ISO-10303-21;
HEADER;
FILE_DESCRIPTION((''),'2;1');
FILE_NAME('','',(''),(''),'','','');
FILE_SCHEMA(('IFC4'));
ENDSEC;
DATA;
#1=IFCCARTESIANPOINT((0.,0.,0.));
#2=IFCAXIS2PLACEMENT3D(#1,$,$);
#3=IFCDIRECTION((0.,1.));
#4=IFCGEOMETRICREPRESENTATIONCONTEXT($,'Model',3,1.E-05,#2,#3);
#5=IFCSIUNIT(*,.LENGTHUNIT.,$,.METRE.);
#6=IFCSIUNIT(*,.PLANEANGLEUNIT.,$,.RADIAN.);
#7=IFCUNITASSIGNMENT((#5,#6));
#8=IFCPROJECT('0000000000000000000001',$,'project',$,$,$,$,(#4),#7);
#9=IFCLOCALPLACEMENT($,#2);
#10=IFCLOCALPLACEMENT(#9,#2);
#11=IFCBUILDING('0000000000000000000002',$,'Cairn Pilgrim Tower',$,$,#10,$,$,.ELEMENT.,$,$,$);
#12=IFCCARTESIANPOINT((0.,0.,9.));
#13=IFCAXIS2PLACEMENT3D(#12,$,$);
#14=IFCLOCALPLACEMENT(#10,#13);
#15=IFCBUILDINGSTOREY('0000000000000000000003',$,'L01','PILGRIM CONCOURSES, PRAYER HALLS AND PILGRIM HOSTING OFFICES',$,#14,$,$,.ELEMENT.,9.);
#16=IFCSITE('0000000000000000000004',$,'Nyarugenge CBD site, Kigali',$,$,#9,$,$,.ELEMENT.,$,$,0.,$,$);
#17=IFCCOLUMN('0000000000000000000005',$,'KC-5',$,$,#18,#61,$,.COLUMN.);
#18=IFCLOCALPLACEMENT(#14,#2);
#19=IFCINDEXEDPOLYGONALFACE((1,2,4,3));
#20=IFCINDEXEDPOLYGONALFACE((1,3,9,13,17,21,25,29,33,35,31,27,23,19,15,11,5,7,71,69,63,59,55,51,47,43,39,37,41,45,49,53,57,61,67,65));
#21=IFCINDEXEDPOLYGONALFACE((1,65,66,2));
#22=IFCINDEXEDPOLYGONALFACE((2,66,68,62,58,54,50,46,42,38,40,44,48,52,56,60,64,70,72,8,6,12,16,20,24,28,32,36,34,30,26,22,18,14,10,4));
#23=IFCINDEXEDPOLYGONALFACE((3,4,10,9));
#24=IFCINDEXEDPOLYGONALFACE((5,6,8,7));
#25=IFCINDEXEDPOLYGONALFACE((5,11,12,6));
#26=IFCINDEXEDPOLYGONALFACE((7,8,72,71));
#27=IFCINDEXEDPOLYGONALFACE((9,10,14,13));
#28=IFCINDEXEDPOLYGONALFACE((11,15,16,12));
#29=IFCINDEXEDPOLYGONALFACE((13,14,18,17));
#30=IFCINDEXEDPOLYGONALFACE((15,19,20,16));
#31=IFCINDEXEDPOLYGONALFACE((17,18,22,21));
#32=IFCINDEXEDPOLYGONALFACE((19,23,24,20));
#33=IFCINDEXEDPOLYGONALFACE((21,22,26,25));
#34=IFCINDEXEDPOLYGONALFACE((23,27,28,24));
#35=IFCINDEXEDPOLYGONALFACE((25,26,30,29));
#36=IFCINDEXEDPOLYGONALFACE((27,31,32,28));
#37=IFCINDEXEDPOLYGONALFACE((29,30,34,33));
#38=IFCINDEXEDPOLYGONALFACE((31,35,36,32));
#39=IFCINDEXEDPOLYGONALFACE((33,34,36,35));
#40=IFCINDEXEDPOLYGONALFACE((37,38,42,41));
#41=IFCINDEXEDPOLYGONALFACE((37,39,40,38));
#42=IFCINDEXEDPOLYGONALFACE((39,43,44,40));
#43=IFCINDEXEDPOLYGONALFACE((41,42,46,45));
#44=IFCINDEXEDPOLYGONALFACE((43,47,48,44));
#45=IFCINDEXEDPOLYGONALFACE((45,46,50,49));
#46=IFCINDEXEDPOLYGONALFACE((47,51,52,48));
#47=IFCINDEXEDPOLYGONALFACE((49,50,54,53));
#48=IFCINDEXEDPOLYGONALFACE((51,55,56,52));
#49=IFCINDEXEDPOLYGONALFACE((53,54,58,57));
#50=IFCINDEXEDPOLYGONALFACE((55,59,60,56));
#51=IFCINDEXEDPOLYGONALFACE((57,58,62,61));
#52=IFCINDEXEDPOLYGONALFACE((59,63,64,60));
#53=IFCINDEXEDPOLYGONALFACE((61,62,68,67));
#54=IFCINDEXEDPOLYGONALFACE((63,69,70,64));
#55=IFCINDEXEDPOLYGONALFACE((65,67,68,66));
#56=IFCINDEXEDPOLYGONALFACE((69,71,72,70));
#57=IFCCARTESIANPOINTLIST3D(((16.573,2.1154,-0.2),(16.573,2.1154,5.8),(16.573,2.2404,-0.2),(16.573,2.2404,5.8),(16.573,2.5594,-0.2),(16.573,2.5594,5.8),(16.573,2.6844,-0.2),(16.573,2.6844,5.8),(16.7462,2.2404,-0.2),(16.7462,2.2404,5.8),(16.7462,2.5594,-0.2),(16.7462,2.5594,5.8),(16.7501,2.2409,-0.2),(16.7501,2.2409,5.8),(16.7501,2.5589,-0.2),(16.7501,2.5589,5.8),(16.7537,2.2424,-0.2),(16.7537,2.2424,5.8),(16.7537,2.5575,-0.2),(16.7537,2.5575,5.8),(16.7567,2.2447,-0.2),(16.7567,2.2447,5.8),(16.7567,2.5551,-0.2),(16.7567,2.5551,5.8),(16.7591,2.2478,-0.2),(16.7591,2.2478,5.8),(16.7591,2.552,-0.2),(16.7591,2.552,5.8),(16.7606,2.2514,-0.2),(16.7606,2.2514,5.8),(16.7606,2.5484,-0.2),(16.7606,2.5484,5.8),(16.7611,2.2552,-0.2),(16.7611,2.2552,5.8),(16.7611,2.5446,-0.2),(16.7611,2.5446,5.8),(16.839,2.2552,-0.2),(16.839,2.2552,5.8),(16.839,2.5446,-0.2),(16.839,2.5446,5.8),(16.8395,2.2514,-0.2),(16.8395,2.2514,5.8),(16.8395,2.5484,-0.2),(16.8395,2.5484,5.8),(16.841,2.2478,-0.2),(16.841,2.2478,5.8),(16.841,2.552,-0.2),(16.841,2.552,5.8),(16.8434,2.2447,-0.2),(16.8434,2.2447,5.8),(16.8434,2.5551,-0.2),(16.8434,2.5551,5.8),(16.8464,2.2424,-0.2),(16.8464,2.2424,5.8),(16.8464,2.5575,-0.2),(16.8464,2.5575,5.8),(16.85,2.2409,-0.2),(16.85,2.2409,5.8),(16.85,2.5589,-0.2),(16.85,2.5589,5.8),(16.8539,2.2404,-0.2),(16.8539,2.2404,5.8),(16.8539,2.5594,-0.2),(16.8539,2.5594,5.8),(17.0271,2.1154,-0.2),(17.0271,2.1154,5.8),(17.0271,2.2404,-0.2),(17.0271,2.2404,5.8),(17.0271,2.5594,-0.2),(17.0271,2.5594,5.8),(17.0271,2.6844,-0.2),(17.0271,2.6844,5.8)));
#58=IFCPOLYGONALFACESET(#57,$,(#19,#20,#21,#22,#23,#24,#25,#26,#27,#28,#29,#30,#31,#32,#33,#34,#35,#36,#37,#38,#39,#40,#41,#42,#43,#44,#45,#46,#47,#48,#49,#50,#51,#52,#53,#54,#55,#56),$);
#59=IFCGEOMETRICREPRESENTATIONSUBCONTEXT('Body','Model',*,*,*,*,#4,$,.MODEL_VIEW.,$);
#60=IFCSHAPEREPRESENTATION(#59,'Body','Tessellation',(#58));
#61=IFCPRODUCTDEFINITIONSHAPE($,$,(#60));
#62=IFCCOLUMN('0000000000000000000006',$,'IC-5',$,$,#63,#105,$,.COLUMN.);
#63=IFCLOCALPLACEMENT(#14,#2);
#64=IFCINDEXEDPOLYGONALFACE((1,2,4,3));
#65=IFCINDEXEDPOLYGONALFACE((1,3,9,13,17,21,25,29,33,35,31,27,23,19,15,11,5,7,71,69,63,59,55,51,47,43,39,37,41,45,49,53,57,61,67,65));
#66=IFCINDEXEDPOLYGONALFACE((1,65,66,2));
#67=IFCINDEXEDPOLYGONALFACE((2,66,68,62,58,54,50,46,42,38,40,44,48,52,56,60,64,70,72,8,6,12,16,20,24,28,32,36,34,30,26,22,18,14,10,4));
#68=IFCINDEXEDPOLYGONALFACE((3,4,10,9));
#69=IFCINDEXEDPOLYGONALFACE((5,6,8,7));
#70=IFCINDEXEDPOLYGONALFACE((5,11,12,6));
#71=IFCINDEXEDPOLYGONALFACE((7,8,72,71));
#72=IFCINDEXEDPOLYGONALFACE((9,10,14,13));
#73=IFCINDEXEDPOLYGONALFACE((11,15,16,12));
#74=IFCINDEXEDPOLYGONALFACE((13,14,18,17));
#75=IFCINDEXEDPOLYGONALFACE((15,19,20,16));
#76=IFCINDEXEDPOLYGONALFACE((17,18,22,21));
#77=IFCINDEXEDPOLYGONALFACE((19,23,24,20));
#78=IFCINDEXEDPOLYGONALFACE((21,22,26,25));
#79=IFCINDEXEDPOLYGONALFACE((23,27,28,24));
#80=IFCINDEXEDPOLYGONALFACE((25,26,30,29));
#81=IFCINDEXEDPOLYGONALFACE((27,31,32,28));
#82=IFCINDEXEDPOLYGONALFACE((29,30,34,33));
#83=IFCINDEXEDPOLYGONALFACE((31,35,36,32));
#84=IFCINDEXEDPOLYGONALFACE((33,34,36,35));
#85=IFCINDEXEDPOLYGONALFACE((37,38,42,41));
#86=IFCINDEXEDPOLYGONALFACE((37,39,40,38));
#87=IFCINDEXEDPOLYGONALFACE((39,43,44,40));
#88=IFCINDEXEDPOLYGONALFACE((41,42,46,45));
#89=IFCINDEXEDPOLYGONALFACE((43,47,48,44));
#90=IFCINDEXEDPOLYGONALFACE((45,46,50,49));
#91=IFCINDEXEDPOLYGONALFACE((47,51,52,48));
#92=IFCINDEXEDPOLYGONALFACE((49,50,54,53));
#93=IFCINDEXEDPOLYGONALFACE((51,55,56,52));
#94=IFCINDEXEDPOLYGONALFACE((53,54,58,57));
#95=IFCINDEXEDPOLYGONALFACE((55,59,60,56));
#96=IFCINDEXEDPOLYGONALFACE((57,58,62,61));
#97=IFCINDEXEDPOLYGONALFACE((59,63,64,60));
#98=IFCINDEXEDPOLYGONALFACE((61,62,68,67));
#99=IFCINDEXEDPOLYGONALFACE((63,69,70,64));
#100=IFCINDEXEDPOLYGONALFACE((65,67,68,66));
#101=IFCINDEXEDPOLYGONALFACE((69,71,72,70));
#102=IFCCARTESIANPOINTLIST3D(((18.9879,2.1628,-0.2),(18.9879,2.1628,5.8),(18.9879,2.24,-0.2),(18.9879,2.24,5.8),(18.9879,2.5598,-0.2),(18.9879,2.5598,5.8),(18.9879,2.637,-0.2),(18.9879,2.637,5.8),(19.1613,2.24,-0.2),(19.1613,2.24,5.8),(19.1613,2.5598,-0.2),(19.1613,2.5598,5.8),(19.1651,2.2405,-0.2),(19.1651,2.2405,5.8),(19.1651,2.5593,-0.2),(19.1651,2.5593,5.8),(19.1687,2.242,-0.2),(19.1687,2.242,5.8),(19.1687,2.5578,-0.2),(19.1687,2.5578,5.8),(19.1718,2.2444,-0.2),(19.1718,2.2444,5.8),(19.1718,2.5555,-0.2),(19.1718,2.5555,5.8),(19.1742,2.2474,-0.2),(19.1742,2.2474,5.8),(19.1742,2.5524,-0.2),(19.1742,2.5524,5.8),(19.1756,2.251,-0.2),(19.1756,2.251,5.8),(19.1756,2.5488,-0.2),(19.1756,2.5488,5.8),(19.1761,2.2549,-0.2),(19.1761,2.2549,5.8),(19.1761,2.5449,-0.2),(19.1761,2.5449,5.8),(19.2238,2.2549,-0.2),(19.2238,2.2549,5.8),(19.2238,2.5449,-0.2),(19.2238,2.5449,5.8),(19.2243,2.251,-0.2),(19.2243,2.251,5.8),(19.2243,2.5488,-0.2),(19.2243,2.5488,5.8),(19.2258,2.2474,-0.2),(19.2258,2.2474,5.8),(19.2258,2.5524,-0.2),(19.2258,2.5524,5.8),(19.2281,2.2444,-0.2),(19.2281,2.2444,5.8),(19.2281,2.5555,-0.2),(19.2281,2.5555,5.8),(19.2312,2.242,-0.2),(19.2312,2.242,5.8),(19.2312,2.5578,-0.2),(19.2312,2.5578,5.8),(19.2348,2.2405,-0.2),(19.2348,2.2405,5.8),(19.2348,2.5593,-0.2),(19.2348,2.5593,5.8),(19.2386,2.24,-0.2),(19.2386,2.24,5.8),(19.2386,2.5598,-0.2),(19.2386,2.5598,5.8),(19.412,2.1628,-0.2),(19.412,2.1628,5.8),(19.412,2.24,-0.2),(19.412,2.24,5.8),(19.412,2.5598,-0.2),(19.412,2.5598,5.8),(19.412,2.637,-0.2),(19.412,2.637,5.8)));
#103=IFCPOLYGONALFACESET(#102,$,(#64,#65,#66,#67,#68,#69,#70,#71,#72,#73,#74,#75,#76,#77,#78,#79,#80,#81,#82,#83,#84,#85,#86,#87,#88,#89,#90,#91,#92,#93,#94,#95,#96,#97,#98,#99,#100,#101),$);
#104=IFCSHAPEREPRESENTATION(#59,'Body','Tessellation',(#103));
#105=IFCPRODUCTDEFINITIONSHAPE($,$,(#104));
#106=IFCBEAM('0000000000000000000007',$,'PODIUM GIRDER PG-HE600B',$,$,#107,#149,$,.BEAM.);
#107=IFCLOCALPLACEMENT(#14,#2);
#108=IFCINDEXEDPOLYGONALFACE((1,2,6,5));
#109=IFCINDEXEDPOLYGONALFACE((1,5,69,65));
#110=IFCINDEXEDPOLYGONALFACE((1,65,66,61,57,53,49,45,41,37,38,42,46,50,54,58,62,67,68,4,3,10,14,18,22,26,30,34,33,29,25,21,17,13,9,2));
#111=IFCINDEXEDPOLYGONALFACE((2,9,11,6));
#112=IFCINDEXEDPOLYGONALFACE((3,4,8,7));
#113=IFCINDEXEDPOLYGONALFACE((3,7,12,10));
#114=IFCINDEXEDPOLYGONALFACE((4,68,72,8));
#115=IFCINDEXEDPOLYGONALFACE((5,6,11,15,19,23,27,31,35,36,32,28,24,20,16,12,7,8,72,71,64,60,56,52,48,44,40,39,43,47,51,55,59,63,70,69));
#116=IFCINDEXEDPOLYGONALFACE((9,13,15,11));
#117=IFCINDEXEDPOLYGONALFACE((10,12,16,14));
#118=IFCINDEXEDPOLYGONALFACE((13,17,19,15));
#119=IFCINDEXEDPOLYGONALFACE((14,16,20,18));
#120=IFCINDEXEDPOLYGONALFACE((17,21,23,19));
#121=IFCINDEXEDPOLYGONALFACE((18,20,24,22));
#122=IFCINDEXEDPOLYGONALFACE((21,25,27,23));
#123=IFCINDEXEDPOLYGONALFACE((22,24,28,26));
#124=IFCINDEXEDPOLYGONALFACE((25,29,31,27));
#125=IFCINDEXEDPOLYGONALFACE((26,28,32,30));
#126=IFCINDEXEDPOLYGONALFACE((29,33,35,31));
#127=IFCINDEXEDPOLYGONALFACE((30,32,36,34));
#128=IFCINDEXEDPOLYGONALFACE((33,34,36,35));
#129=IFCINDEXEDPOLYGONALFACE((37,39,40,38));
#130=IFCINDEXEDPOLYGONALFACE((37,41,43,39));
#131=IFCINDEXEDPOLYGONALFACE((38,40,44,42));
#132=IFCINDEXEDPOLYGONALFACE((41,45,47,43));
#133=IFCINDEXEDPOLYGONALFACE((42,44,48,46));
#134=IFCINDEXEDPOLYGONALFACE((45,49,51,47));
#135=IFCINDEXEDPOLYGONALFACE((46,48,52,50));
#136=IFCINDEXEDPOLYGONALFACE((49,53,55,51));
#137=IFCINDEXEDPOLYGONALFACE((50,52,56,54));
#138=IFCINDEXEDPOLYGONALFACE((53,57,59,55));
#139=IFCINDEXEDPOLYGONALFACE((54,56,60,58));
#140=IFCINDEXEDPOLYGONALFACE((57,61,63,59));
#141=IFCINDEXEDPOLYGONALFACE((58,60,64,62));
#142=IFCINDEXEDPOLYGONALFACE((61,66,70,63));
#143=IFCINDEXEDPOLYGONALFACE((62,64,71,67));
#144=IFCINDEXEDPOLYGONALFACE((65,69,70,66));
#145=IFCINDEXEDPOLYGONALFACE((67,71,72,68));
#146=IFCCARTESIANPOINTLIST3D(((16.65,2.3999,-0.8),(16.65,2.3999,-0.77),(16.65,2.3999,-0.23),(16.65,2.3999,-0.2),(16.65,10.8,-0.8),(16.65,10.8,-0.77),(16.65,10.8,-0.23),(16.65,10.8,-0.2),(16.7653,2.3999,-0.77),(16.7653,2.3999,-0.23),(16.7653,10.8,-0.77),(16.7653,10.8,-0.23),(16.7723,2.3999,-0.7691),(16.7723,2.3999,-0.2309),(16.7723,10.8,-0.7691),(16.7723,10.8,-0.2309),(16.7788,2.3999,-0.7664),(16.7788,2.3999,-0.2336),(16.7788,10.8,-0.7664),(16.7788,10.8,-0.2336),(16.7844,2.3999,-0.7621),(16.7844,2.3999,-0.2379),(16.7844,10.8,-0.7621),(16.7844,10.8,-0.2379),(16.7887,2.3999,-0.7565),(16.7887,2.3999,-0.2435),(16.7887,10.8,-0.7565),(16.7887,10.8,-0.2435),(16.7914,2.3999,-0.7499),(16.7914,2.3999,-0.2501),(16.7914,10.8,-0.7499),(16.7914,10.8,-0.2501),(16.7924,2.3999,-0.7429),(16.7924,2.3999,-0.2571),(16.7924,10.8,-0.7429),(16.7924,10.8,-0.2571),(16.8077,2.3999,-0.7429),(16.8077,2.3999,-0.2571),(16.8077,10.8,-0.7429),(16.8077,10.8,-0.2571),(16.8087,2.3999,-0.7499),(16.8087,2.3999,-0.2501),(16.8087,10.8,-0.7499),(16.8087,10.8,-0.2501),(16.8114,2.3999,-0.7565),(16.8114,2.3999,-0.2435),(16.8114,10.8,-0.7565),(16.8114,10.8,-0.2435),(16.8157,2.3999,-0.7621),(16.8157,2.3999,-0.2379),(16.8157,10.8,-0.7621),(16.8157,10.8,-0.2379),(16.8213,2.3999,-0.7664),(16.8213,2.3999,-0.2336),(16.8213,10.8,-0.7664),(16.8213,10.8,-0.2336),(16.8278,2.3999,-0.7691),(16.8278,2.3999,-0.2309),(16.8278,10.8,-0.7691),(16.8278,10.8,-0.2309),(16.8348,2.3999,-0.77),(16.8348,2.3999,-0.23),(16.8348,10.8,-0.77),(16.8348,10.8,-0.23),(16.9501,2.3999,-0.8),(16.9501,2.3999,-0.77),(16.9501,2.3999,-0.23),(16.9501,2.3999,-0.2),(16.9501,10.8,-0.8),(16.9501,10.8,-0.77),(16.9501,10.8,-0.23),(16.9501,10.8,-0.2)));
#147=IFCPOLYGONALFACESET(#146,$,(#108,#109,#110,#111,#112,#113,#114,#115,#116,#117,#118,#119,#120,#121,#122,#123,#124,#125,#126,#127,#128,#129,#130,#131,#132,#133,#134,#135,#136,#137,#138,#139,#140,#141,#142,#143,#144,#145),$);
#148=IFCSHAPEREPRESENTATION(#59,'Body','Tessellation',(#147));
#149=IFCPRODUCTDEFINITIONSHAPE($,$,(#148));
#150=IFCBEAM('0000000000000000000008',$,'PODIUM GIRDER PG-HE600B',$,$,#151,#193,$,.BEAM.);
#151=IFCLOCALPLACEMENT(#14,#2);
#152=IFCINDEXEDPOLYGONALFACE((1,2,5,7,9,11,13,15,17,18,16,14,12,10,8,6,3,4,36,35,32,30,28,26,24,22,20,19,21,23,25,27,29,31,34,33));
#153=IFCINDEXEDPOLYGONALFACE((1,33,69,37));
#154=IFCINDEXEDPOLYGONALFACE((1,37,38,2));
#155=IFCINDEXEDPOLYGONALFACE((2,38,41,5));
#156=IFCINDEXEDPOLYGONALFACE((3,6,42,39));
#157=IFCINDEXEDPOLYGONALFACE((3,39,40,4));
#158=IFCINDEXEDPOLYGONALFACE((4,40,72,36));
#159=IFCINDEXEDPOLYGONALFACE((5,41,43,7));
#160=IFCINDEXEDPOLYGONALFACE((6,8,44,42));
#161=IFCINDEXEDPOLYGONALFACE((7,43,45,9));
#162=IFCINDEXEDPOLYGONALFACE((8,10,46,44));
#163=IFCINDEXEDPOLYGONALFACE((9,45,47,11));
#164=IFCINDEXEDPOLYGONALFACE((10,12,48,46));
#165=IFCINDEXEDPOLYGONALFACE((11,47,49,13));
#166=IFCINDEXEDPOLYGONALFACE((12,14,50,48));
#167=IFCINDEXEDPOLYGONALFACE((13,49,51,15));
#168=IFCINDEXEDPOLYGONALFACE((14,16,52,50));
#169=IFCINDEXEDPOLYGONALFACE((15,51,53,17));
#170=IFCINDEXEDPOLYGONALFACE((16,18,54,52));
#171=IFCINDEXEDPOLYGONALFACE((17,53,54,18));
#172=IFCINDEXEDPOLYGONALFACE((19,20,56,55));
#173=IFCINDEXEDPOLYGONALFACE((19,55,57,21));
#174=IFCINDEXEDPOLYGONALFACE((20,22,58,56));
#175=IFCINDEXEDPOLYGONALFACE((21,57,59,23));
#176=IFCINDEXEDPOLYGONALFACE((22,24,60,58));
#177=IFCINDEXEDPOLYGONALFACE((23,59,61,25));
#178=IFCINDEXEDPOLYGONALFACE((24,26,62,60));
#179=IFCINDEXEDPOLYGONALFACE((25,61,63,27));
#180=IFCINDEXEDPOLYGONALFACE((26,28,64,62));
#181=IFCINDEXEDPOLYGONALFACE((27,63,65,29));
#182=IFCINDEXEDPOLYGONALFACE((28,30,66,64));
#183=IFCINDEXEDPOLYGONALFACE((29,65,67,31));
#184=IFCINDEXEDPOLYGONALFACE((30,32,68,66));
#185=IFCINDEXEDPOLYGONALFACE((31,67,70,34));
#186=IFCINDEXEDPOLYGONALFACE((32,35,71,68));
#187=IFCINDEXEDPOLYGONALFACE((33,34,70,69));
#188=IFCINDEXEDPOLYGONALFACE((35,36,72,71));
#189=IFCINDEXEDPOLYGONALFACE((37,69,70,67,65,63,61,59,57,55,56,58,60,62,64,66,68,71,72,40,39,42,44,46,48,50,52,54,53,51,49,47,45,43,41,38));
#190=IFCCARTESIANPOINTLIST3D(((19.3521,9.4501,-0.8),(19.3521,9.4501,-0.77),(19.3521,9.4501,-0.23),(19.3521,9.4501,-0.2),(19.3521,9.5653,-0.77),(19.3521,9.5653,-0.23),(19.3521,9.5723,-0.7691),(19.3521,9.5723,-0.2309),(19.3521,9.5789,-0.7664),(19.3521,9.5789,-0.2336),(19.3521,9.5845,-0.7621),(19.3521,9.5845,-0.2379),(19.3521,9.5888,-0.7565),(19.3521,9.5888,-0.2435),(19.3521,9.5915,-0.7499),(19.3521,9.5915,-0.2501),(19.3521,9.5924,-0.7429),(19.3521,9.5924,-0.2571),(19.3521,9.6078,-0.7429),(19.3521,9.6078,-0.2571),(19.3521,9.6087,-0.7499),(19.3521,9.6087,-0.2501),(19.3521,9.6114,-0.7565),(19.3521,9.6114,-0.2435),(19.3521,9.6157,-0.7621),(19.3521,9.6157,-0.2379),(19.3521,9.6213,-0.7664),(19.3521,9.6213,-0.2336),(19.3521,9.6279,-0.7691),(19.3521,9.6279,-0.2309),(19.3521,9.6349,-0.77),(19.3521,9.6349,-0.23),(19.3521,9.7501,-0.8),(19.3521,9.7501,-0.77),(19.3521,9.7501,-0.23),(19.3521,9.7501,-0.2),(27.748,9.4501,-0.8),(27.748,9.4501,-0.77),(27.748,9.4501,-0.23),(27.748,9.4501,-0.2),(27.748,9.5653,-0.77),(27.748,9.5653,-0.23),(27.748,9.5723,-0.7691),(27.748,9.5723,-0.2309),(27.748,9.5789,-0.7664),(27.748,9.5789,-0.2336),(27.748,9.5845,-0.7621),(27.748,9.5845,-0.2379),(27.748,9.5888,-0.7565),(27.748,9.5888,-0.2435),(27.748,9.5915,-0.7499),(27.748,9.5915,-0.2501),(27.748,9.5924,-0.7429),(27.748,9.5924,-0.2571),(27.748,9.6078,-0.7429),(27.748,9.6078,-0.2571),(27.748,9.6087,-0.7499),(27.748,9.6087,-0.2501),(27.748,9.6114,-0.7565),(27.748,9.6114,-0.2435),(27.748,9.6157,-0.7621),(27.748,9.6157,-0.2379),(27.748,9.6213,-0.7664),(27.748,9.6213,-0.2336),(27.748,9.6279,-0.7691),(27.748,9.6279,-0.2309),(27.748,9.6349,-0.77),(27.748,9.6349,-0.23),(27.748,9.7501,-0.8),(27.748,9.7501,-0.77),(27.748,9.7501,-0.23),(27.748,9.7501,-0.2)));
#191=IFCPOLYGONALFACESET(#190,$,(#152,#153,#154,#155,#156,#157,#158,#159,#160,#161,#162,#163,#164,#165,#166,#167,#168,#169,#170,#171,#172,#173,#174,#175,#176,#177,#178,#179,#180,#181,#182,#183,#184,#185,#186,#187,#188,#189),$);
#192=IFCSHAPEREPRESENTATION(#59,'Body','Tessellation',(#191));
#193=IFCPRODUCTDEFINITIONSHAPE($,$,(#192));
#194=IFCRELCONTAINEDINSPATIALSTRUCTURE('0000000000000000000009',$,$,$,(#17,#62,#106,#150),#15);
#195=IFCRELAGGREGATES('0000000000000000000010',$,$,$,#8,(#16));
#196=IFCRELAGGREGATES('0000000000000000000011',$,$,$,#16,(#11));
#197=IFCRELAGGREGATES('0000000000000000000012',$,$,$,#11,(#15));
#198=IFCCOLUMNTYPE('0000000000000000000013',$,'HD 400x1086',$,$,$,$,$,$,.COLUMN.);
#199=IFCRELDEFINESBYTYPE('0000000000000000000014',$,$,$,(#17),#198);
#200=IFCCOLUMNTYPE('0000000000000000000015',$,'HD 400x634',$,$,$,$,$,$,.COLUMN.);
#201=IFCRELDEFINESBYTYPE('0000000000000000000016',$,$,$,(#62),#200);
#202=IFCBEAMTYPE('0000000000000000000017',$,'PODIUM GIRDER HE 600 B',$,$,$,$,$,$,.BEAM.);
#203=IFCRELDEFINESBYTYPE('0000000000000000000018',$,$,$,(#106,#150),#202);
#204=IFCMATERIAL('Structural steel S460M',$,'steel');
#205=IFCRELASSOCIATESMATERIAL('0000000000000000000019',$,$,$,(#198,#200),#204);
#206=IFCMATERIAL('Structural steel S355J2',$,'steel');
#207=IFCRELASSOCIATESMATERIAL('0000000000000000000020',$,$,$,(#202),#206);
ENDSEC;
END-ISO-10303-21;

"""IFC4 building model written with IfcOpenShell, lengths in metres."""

from ifc_helpers import new_model, si_unit, direction, frame, origin, origin_2d, place, context, subcontext, project, spatial, i_section, extrude, material, material_profile, profile_set, type_object, element, save


model = new_model("IFC4")

# Units and contexts
model_context = context("Model", 3, precision=1e-05, world=origin(), true_north=direction((0.0, 1.0)))
body_context = subcontext(model_context, "Body", "Model", "MODEL_VIEW")
ifc_project = project(units=[si_unit("LENGTHUNIT", "METRE"), si_unit("PLANEANGLEUNIT", "RADIAN")], contexts=[model_context])

# Site, building, storey
site_placement = place(None, origin())
site = spatial("IfcSite", under=ifc_project, at=site_placement, Name="Nyarugenge CBD site, Kigali", CompositionType="ELEMENT", RefElevation=0.0)
building_placement = place(site_placement, origin())
building = spatial("IfcBuilding", under=site, at=building_placement, Name="Cairn Pilgrim Tower", CompositionType="ELEMENT")
storey_placement = place(building_placement, frame((0.0, 0.0, 9.0)))
storey = spatial("IfcBuildingStorey", under=building, at=storey_placement, Name="L01", Description="PILGRIM CONCOURSES, PRAYER HALLS AND PILGRIM HOSTING OFFICES", CompositionType="ELEMENT", Elevation=9.0)

# Columns
ifc_material_1 = material(Name="Structural steel S460M", Category="steel")
ifc_material_profile_1 = material_profile(ifc_material_1, i_section(OverallWidth=0.4541, OverallDepth=0.5691, WebThickness=0.0779, FlangeThickness=0.125, FilletRadius=0.0149, at=origin_2d()), Name="HD 400x1086")
ifc_profile_set_1 = profile_set([ifc_material_profile_1], Name="Structural steel S460M")
column_type_1 = type_object("IfcColumnType", Name="HD 400x1086", PredefinedType="COLUMN", material=ifc_profile_set_1)
column_1_placement = place(storey_placement, frame((16.8, 2.3999, -0.2), z_axis=(0.0, 0.0, 1.0), x_axis=(1.0, 0.0, 0.0)))
element("IfcColumn", 1, at=column_1_placement, inside=storey, type_object=column_type_1, Name="KC-5", PredefinedType="COLUMN", context=body_context, shape_type="SweptSolid", body=[
    extrude(i_section(OverallWidth=0.4541, OverallDepth=0.5691, WebThickness=0.0779, FlangeThickness=0.125, FilletRadius=0.0149, at=origin_2d()), origin(), (0.0, 0.0, 1.0), 6.0),
])
ifc_material_profile_2 = material_profile(ifc_material_1, i_section(OverallWidth=0.4241, OverallDepth=0.4741, WebThickness=0.0476, FlangeThickness=0.0771, FilletRadius=0.0149, at=origin_2d()), Name="HD 400x634")
ifc_profile_set_2 = profile_set([ifc_material_profile_2], Name="Structural steel S460M")
column_type_2 = type_object("IfcColumnType", Name="HD 400x634", PredefinedType="COLUMN", material=ifc_profile_set_2)
column_2_placement = place(storey_placement, frame((19.2, 2.3999, -0.2), z_axis=(0.0, 0.0, 1.0), x_axis=(1.0, 0.0, 0.0)))
element("IfcColumn", 2, at=column_2_placement, inside=storey, type_object=column_type_2, Name="IC-5", PredefinedType="COLUMN", context=body_context, shape_type="SweptSolid", body=[
    extrude(i_section(OverallWidth=0.4241, OverallDepth=0.4741, WebThickness=0.0476, FlangeThickness=0.0771, FilletRadius=0.0149, at=origin_2d()), origin(), (0.0, 0.0, 1.0), 6.0),
])

# Beams
ifc_material_2 = material(Name="Structural steel S355J2", Category="steel")
ifc_material_profile_3 = material_profile(ifc_material_2, i_section(OverallWidth=0.3, OverallDepth=0.6001, WebThickness=0.0154, FlangeThickness=0.03, FilletRadius=0.0271, at=origin_2d()), Name="HEB 600")
ifc_profile_set_3 = profile_set([ifc_material_profile_3], Name="Structural steel S355J2")
beam_type_1 = type_object("IfcBeamType", Name="PODIUM GIRDER HE 600 B", PredefinedType="BEAM", material=ifc_profile_set_3)
beam_1_placement = place(storey_placement, frame((16.8, 2.3999, -0.5), z_axis=(0.0, 1.0, 0.0), x_axis=(-1.0, 0.0, 0.0)))
element("IfcBeam", 3, at=beam_1_placement, inside=storey, type_object=beam_type_1, Name="PODIUM GIRDER PG-HE600B", PredefinedType="BEAM", context=body_context, shape_type="SweptSolid", body=[
    extrude(i_section(OverallWidth=0.3, OverallDepth=0.6001, WebThickness=0.0154, FlangeThickness=0.03, FilletRadius=0.0271, at=origin_2d()), origin(), (0.0, 0.0, 1.0), 8.4001),
])
beam_2_placement = place(storey_placement, frame((19.3521, 9.6001, -0.5), z_axis=(1.0, 0.0, 0.0), x_axis=(0.0, 1.0, 0.0)))
element("IfcBeam", 4, at=beam_2_placement, inside=storey, type_object=beam_type_1, Name="PODIUM GIRDER PG-HE600B", PredefinedType="BEAM", context=body_context, shape_type="SweptSolid", body=[
    extrude(i_section(OverallWidth=0.3, OverallDepth=0.6001, WebThickness=0.0154, FlangeThickness=0.03, FilletRadius=0.0271, at=origin_2d()), origin(), (0.0, 0.0, 1.0), 8.396),
])

save(model, "model.ifc")
